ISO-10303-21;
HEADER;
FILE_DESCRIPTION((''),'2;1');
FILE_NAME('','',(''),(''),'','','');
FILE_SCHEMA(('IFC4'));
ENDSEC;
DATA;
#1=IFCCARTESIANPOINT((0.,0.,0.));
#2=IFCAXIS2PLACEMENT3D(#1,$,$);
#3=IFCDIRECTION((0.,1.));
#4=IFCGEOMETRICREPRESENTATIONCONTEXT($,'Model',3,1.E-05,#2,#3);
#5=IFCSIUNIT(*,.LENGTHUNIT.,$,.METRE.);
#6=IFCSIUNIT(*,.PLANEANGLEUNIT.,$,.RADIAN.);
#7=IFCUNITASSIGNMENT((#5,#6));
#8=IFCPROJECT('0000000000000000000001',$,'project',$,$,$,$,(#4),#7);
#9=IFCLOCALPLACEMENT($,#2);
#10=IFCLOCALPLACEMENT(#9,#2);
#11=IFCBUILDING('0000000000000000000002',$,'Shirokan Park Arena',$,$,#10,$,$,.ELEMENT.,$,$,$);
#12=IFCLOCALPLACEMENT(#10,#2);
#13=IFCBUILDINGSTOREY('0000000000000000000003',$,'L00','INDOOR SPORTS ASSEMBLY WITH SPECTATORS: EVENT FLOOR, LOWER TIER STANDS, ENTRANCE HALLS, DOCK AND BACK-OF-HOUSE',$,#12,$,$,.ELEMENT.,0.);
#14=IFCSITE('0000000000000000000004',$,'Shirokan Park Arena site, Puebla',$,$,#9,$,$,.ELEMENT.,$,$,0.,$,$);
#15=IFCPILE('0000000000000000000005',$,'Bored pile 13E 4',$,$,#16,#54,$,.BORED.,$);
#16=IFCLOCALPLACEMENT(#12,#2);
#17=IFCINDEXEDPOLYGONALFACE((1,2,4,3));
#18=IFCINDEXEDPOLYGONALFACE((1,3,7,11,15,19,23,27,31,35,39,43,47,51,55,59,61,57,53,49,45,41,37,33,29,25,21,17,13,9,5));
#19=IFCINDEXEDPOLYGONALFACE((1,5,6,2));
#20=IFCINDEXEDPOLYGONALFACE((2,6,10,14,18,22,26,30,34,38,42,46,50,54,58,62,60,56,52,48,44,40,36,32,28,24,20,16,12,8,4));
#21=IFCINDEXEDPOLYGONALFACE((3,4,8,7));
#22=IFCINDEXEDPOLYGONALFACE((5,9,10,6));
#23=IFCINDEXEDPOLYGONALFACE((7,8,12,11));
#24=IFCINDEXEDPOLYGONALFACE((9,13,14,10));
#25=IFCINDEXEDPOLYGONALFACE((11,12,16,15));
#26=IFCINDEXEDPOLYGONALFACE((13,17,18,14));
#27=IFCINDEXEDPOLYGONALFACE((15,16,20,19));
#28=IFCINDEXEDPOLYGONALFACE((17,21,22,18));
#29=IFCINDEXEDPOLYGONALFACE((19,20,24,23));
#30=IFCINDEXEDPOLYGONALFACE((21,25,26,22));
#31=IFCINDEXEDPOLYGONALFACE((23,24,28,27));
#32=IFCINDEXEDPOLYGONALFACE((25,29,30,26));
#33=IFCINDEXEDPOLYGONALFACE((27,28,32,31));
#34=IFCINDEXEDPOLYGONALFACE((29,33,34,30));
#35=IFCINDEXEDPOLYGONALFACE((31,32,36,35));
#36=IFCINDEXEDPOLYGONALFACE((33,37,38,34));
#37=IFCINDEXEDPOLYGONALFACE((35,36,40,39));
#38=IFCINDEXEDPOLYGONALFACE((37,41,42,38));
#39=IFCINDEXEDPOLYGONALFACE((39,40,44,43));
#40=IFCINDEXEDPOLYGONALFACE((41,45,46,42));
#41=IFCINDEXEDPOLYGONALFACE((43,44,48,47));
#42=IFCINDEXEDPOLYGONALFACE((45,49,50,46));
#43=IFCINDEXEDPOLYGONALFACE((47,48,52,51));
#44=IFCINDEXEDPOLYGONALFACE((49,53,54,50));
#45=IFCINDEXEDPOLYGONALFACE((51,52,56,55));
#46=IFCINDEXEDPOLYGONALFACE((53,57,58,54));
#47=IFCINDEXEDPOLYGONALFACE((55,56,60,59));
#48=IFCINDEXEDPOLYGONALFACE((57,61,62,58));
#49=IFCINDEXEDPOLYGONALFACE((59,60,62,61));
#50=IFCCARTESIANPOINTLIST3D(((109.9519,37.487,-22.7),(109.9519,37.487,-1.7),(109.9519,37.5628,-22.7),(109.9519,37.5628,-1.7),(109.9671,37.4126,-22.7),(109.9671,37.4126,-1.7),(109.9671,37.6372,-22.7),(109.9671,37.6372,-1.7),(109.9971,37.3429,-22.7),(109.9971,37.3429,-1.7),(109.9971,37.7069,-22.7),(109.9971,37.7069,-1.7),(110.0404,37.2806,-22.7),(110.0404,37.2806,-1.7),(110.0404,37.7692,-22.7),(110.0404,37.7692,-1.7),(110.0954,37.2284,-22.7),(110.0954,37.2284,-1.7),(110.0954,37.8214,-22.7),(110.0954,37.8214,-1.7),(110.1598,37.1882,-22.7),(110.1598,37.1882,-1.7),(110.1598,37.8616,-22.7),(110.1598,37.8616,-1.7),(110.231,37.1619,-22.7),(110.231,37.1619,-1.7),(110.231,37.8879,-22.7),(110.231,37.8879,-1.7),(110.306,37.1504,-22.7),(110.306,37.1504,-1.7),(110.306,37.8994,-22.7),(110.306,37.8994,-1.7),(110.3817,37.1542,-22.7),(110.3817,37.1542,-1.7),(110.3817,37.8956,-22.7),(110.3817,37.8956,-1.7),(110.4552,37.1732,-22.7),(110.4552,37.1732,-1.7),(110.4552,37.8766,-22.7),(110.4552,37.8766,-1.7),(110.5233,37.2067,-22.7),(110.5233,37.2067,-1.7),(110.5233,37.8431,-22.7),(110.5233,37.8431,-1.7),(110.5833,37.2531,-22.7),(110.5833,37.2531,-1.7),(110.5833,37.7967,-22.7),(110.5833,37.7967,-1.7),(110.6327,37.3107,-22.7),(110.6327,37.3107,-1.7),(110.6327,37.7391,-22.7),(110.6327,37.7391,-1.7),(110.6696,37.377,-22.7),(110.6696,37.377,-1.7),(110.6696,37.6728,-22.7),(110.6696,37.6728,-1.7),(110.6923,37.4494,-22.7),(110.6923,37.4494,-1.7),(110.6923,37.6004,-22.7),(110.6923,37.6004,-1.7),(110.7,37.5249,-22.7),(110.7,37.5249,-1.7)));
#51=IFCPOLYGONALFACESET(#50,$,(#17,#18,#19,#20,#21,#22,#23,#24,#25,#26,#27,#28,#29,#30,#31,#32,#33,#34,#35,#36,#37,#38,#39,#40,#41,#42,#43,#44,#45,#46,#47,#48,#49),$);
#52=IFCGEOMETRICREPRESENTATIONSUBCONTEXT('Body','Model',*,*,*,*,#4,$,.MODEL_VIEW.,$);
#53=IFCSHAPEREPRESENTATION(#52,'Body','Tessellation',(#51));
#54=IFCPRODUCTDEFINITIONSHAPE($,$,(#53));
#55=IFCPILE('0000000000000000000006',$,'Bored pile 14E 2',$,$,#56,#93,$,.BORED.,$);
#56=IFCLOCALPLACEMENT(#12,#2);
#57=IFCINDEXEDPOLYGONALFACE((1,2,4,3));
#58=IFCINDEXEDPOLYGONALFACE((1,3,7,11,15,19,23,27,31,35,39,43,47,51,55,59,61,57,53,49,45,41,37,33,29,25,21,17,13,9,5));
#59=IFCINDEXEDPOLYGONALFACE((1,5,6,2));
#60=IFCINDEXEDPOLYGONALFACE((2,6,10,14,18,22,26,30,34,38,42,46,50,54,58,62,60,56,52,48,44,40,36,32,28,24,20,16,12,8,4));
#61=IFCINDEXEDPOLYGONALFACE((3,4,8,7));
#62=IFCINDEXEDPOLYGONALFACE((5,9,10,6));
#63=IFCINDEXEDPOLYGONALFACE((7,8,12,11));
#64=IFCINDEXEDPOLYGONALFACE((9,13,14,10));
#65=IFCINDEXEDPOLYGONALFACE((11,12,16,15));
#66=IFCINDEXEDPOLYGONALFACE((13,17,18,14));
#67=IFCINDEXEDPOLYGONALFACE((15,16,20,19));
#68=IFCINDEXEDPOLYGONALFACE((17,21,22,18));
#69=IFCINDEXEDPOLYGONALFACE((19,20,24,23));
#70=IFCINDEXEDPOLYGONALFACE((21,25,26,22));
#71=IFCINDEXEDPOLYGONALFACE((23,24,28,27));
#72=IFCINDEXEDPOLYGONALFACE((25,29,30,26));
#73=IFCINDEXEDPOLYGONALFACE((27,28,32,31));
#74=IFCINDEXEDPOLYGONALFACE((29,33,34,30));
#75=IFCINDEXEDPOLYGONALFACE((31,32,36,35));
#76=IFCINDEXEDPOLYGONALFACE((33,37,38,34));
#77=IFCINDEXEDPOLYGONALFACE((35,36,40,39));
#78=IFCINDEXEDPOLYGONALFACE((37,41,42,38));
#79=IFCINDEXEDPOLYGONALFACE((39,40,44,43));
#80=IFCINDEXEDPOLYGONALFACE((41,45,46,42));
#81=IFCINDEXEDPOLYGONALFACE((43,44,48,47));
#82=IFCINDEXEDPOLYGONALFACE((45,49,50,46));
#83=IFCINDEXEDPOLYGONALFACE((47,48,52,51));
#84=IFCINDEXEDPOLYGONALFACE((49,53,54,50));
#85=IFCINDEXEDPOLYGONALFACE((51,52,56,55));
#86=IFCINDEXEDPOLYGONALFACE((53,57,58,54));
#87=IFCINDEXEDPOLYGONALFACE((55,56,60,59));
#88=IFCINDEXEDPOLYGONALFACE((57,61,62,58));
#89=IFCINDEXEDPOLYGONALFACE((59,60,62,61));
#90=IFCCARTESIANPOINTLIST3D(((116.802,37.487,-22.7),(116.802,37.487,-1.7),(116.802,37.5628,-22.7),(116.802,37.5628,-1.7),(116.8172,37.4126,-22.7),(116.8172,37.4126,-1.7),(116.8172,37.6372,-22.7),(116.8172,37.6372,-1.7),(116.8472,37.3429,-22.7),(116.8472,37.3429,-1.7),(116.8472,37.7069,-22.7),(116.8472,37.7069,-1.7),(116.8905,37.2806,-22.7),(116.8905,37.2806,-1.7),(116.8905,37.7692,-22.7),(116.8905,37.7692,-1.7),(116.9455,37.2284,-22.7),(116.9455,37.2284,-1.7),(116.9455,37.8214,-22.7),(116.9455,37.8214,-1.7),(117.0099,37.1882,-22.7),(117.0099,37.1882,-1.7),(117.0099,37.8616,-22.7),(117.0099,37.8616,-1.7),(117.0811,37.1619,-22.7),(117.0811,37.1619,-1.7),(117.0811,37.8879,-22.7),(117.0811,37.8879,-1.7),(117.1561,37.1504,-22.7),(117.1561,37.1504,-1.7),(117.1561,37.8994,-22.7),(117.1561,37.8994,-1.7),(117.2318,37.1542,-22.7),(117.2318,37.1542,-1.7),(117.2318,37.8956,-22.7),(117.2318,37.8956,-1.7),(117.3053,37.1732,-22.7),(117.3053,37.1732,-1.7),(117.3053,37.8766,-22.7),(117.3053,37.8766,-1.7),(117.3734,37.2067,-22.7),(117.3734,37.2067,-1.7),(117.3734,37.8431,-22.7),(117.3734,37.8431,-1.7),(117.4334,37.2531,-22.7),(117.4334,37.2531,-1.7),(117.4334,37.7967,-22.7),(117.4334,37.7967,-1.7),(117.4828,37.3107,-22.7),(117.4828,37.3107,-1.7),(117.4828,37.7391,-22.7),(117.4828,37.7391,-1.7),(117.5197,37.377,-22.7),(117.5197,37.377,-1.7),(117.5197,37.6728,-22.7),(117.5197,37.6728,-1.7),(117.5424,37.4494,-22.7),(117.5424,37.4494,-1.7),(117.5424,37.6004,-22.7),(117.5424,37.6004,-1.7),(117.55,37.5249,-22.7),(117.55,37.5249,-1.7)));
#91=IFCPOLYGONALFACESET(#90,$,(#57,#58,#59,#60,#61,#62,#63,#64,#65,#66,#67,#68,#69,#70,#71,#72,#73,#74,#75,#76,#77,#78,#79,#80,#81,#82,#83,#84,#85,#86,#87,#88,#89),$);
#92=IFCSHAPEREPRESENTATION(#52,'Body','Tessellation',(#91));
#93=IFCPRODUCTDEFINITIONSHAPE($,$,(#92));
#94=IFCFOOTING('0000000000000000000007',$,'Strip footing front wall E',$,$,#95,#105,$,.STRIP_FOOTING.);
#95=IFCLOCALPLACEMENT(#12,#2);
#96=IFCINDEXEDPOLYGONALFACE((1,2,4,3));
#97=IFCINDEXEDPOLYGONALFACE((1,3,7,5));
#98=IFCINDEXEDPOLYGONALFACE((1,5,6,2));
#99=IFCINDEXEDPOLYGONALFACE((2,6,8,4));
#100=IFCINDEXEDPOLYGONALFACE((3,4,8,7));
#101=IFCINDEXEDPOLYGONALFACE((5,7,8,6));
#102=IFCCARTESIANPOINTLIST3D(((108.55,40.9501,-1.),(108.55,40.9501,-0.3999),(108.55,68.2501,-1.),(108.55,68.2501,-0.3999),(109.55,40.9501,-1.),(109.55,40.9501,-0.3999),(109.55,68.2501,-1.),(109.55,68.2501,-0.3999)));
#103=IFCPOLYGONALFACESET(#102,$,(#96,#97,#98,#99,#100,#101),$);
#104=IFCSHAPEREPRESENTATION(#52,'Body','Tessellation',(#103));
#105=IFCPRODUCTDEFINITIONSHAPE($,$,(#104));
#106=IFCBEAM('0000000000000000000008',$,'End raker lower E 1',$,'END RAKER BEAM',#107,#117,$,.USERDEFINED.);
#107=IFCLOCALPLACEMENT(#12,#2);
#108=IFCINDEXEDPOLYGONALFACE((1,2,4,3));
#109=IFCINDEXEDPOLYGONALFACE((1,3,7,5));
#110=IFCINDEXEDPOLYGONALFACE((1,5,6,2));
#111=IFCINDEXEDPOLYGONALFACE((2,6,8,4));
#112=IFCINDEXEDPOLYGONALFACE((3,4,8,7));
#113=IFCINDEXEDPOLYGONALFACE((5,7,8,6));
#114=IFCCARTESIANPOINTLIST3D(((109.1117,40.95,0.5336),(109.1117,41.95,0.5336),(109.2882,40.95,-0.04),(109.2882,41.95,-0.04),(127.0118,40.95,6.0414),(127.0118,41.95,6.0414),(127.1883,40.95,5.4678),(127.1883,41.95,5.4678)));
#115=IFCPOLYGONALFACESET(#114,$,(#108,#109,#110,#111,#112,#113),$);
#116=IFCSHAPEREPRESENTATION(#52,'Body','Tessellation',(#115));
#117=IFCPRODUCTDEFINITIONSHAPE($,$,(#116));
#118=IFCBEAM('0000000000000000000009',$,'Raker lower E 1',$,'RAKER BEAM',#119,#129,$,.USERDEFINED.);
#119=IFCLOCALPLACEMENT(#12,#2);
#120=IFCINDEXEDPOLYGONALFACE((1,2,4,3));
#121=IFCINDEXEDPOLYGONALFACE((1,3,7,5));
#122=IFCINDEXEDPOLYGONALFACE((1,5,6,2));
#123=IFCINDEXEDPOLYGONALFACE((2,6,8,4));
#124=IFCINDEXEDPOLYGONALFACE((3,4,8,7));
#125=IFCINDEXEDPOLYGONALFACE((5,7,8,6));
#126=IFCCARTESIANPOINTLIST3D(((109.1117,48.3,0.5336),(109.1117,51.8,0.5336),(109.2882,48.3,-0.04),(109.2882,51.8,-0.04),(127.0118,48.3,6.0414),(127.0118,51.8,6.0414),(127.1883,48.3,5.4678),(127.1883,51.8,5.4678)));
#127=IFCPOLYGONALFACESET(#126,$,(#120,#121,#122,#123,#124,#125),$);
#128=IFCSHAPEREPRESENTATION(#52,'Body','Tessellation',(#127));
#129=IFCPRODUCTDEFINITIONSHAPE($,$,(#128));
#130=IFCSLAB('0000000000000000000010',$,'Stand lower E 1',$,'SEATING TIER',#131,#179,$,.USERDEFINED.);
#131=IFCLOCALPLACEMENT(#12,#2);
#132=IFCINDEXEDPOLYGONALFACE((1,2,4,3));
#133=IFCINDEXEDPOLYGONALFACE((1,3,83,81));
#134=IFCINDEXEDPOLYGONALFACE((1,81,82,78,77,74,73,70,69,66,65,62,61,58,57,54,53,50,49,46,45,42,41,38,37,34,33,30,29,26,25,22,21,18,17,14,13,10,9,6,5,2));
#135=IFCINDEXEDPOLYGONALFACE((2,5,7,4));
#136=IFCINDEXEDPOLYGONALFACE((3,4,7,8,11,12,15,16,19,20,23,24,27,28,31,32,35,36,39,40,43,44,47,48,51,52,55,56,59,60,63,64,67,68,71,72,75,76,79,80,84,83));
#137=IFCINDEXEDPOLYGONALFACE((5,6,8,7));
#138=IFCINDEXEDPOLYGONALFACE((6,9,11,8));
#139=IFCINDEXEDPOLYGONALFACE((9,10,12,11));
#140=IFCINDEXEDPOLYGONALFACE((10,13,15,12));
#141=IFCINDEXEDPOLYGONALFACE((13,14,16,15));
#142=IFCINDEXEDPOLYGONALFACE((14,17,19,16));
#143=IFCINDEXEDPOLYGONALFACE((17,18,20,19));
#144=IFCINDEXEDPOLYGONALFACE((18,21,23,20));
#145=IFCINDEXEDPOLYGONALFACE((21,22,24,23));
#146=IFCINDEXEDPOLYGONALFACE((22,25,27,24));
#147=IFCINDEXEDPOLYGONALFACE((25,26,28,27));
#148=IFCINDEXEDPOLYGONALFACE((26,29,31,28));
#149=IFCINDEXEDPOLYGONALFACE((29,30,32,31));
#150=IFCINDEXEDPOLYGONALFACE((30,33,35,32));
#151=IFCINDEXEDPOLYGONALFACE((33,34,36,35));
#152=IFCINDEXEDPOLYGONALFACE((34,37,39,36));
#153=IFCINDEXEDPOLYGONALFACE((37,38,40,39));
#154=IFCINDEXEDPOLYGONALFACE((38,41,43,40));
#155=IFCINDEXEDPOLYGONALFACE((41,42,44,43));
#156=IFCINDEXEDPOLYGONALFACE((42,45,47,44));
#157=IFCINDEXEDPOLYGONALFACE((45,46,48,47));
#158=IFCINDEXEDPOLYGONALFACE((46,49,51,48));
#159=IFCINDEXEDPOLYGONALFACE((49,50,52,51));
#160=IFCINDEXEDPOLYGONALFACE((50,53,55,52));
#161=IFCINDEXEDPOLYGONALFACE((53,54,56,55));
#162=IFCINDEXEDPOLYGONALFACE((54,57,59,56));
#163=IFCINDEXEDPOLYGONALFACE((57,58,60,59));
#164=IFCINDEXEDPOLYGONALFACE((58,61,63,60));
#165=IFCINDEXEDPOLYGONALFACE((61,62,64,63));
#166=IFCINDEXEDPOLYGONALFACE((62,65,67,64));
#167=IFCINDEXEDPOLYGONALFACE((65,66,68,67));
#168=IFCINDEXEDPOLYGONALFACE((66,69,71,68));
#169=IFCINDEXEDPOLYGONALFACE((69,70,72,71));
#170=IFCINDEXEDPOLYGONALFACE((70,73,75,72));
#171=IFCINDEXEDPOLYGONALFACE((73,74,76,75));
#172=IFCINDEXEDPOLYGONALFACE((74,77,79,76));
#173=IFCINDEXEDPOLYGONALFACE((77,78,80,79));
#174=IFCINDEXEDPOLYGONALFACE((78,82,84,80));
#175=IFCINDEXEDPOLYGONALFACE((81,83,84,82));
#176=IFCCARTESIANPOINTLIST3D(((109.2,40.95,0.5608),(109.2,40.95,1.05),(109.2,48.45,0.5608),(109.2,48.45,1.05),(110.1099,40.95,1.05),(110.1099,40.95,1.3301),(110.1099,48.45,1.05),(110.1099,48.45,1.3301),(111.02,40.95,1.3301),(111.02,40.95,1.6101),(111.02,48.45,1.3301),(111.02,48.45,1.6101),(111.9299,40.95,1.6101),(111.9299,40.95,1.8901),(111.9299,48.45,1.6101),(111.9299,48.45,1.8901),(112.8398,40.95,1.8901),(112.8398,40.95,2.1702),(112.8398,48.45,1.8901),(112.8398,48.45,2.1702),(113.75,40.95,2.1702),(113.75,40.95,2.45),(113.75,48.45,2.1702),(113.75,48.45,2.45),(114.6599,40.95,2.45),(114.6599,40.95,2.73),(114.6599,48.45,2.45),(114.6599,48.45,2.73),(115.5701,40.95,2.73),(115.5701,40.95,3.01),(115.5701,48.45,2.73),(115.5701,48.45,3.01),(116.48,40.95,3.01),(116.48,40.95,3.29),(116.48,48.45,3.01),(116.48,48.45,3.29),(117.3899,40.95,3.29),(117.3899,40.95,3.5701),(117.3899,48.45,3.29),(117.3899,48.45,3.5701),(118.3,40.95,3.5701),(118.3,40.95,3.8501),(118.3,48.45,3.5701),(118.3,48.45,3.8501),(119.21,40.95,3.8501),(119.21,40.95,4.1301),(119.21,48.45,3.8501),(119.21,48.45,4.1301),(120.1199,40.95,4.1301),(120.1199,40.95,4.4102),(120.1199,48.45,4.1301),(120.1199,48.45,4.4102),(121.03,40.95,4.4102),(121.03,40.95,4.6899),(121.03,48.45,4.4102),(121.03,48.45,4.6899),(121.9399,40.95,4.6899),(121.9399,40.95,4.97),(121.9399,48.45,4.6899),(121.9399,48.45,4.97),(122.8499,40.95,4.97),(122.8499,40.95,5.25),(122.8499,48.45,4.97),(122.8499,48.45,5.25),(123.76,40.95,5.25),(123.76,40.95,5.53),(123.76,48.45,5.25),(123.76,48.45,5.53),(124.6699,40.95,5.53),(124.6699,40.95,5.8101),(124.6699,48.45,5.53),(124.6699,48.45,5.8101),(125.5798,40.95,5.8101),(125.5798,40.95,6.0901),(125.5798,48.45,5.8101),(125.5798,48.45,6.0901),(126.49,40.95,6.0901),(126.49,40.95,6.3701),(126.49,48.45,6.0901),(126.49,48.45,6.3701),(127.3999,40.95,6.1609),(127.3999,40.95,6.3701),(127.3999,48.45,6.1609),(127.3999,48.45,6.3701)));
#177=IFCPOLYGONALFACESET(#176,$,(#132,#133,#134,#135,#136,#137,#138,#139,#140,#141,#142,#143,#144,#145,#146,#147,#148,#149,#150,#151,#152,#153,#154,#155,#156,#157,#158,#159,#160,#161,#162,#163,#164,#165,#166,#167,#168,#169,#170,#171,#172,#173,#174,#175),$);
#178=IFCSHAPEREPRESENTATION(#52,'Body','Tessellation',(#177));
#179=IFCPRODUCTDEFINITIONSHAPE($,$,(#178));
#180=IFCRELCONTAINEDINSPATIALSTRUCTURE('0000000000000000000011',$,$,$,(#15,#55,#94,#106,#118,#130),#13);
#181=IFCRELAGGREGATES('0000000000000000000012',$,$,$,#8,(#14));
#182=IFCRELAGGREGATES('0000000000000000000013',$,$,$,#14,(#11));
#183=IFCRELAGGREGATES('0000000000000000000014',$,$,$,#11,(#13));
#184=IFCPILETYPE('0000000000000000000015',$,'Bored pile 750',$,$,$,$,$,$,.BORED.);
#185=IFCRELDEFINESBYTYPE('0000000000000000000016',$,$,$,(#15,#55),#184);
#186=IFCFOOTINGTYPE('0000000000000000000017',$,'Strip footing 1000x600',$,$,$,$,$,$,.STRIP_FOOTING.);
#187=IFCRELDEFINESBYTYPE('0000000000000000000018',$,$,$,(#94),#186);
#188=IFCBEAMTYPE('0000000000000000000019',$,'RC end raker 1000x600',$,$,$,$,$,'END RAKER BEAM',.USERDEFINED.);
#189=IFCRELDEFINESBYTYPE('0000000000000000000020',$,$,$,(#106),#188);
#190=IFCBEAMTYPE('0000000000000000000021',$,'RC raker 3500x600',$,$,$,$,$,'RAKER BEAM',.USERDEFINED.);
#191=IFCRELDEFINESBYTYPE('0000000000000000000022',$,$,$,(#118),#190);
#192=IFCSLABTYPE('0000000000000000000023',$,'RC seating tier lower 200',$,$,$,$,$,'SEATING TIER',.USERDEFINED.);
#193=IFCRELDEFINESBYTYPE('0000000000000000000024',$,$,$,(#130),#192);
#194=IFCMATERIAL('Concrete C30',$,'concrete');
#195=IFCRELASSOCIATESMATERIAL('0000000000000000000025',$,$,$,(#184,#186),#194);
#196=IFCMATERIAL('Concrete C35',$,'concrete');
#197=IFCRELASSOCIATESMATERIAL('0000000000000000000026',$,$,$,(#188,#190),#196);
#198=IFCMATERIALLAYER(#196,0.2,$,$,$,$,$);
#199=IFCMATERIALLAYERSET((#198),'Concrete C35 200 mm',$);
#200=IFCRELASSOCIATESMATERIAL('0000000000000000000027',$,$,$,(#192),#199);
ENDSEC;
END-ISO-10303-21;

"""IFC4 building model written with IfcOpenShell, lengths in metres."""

from ifc_helpers import new_model, si_unit, direction, frame, origin, origin_2d, place, context, subcontext, project, spatial, polyline, rectangle, circle, outline, extrude, material, layer, layer_set, material_profile, profile_set, type_object, element, save


model = new_model("IFC4")

# Units and contexts
model_context = context("Model", 3, precision=1e-05, world=origin(), true_north=direction((0.0, 1.0)))
body_context = subcontext(model_context, "Body", "Model", "MODEL_VIEW")
ifc_project = project(units=[si_unit("LENGTHUNIT", "METRE"), si_unit("PLANEANGLEUNIT", "RADIAN")], contexts=[model_context])

# Site, building, storey
site_placement = place(None, origin())
site = spatial("IfcSite", under=ifc_project, at=site_placement, Name="Shirokan Park Arena site, Puebla", CompositionType="ELEMENT", RefElevation=0.0)
building_placement = place(site_placement, origin())
building = spatial("IfcBuilding", under=site, at=building_placement, Name="Shirokan Park Arena", CompositionType="ELEMENT")
storey_placement = place(building_placement, origin())
storey = spatial("IfcBuildingStorey", under=building, at=storey_placement, Name="L00", Description="INDOOR SPORTS ASSEMBLY WITH SPECTATORS: EVENT FLOOR, LOWER TIER STANDS, ENTRANCE HALLS, DOCK AND BACK-OF-HOUSE", CompositionType="ELEMENT", Elevation=0.0)

# Piles
ifc_material_1 = material(Name="Concrete C30", Category="concrete")
ifc_material_profile_1 = material_profile(ifc_material_1, circle(Radius=0.375, at=origin_2d()), Name="D750")
ifc_profile_set_1 = profile_set([ifc_material_profile_1], Name="Concrete C30")
pile_type_1 = type_object("IfcPileType", Name="Bored pile 750", PredefinedType="BORED", material=ifc_profile_set_1)
for number, where, z_axis, x_axis, name in (
    (1, (110.325, 37.5249, -1.7), (0.0, 0.0, -1.0), (1.0, 0.0, 0.0), "Bored pile 13E 4"),
    (2, (117.175, 37.5249, -1.7), (0.0, 0.0, -1.0), (1.0, 0.0, 0.0), "Bored pile 14E 2"),
):
    element("IfcPile", number, at=place(storey_placement, frame(where, z_axis=z_axis, x_axis=x_axis)), inside=storey, type_object=pile_type_1, Name=name, PredefinedType="BORED", context=body_context, shape_type="SweptSolid", body=[
        extrude(circle(Radius=0.375, at=origin_2d()), origin(), (0.0, 0.0, 1.0), 21.0),
    ])

# Footing
footing_type = type_object("IfcFootingType", Name="Strip footing 1000x600", PredefinedType="STRIP_FOOTING", material=ifc_material_1)
footing_placement = place(storey_placement, frame((109.05, 54.6001, -1.0), z_axis=(0.0, 0.0, 1.0), x_axis=(1.0, 0.0, 0.0)))
element("IfcFooting", 3, at=footing_placement, inside=storey, type_object=footing_type, Name="Strip footing front wall E", PredefinedType="STRIP_FOOTING", context=body_context, shape_type="SweptSolid", body=[
    extrude(rectangle(XDim=1.0, YDim=27.3, at=origin_2d()), origin(), (0.0, 0.0, 1.0), 0.6001),
])

# Beams
ifc_material_2 = material(Name="Concrete C35", Category="concrete")
ifc_material_profile_2 = material_profile(ifc_material_2, rectangle(XDim=1.0, YDim=0.6001, at=origin_2d()), Name="1000x600")
ifc_profile_set_2 = profile_set([ifc_material_profile_2], Name="Concrete C35")
beam_type_1 = type_object("IfcBeamType", Name="RC end raker 1000x600", ElementType="END RAKER BEAM", PredefinedType="USERDEFINED", material=ifc_profile_set_2)
beam_1_placement = place(storey_placement, frame((109.2, 41.45, 0.2468), z_axis=(0.955778, 0.0, 0.29409), x_axis=(0.0, 1.0, 0.0)))
element("IfcBeam", 4, at=beam_1_placement, inside=storey, type_object=beam_type_1, Name="End raker lower E 1", ObjectType="END RAKER BEAM", PredefinedType="USERDEFINED", context=body_context, shape_type="SweptSolid", body=[
    extrude(rectangle(XDim=1.0, YDim=0.6001, at=origin_2d()), origin(), (0.0, 0.0, 1.0), 18.7283),
])
ifc_material_profile_3 = material_profile(ifc_material_2, rectangle(XDim=3.5, YDim=0.6001, at=origin_2d()), Name="3500x600")
ifc_profile_set_3 = profile_set([ifc_material_profile_3], Name="Concrete C35")
beam_type_2 = type_object("IfcBeamType", Name="RC raker 3500x600", ElementType="RAKER BEAM", PredefinedType="USERDEFINED", material=ifc_profile_set_3)
beam_2_placement = place(storey_placement, frame((109.2, 50.05, 0.2468), z_axis=(0.955778, 0.0, 0.29409), x_axis=(0.0, 1.0, 0.0)))
element("IfcBeam", 5, at=beam_2_placement, inside=storey, type_object=beam_type_2, Name="Raker lower E 1", ObjectType="RAKER BEAM", PredefinedType="USERDEFINED", context=body_context, shape_type="SweptSolid", body=[
    extrude(rectangle(XDim=3.5, YDim=0.6001, at=origin_2d()), origin(), (0.0, 0.0, 1.0), 18.7283),
])

# Slab
ifc_layer_1 = layer(ifc_material_2, 0.2)
ifc_layer_set_1 = layer_set([ifc_layer_1], Name="Concrete C35 200 mm")
slab_type = type_object("IfcSlabType", Name="RC seating tier lower 200", ElementType="SEATING TIER", PredefinedType="USERDEFINED", material=ifc_layer_set_1)
slab_1_placement = place(storey_placement, frame((109.2, 44.7, 1.05), z_axis=(0.0, 0.0, 1.0), x_axis=(1.0, 0.0, 0.0)))
element("IfcSlab", 6, at=slab_1_placement, inside=storey, type_object=slab_type, Name="Stand lower E 1", ObjectType="SEATING TIER", PredefinedType="USERDEFINED", context=body_context, shape_type="SweptSolid", body=[
    extrude(outline(polyline([(0.0, 0.0), (0.9099, 0.0), (0.9099, 0.28), (1.8201, 0.28), (1.8201, 0.5601), (2.73, 0.5601), (2.73, 0.8401), (3.6399, 0.8401), (3.6399, 1.1201), (4.55, 1.1201), (4.55, 1.3999), (5.46, 1.3999), (5.46, 1.6799), (6.3701, 1.6799), (6.3701, 1.96), (7.28, 1.96), (7.28, 2.24), (8.1899, 2.24), (8.1899, 2.52), (9.1001, 2.52), (9.1001, 2.8), (10.01, 2.8), (10.01, 3.0801), (10.9199, 3.0801), (10.9199, 3.3601), (11.8301, 3.3601), (11.8301, 3.6399), (12.74, 3.6399), (12.74, 3.9199), (13.6499, 3.9199), (13.6499, 4.2), (14.5601, 4.2), (14.5601, 4.48), (15.47, 4.48), (15.47, 4.76), (16.3799, 4.76), (16.3799, 5.04), (17.29, 5.04), (17.29, 5.3201), (18.2, 5.3201), (18.2, 5.1108), (0.0, -0.4893), (0.0, 0.0)])), frame((0.0, 3.75, 0.0), z_axis=(0.0, -1.0, 0.0), x_axis=(1.0, 0.0, 0.0)), (0.0, 0.0, 1.0), 7.5),
])

save(model, "model.ifc")
